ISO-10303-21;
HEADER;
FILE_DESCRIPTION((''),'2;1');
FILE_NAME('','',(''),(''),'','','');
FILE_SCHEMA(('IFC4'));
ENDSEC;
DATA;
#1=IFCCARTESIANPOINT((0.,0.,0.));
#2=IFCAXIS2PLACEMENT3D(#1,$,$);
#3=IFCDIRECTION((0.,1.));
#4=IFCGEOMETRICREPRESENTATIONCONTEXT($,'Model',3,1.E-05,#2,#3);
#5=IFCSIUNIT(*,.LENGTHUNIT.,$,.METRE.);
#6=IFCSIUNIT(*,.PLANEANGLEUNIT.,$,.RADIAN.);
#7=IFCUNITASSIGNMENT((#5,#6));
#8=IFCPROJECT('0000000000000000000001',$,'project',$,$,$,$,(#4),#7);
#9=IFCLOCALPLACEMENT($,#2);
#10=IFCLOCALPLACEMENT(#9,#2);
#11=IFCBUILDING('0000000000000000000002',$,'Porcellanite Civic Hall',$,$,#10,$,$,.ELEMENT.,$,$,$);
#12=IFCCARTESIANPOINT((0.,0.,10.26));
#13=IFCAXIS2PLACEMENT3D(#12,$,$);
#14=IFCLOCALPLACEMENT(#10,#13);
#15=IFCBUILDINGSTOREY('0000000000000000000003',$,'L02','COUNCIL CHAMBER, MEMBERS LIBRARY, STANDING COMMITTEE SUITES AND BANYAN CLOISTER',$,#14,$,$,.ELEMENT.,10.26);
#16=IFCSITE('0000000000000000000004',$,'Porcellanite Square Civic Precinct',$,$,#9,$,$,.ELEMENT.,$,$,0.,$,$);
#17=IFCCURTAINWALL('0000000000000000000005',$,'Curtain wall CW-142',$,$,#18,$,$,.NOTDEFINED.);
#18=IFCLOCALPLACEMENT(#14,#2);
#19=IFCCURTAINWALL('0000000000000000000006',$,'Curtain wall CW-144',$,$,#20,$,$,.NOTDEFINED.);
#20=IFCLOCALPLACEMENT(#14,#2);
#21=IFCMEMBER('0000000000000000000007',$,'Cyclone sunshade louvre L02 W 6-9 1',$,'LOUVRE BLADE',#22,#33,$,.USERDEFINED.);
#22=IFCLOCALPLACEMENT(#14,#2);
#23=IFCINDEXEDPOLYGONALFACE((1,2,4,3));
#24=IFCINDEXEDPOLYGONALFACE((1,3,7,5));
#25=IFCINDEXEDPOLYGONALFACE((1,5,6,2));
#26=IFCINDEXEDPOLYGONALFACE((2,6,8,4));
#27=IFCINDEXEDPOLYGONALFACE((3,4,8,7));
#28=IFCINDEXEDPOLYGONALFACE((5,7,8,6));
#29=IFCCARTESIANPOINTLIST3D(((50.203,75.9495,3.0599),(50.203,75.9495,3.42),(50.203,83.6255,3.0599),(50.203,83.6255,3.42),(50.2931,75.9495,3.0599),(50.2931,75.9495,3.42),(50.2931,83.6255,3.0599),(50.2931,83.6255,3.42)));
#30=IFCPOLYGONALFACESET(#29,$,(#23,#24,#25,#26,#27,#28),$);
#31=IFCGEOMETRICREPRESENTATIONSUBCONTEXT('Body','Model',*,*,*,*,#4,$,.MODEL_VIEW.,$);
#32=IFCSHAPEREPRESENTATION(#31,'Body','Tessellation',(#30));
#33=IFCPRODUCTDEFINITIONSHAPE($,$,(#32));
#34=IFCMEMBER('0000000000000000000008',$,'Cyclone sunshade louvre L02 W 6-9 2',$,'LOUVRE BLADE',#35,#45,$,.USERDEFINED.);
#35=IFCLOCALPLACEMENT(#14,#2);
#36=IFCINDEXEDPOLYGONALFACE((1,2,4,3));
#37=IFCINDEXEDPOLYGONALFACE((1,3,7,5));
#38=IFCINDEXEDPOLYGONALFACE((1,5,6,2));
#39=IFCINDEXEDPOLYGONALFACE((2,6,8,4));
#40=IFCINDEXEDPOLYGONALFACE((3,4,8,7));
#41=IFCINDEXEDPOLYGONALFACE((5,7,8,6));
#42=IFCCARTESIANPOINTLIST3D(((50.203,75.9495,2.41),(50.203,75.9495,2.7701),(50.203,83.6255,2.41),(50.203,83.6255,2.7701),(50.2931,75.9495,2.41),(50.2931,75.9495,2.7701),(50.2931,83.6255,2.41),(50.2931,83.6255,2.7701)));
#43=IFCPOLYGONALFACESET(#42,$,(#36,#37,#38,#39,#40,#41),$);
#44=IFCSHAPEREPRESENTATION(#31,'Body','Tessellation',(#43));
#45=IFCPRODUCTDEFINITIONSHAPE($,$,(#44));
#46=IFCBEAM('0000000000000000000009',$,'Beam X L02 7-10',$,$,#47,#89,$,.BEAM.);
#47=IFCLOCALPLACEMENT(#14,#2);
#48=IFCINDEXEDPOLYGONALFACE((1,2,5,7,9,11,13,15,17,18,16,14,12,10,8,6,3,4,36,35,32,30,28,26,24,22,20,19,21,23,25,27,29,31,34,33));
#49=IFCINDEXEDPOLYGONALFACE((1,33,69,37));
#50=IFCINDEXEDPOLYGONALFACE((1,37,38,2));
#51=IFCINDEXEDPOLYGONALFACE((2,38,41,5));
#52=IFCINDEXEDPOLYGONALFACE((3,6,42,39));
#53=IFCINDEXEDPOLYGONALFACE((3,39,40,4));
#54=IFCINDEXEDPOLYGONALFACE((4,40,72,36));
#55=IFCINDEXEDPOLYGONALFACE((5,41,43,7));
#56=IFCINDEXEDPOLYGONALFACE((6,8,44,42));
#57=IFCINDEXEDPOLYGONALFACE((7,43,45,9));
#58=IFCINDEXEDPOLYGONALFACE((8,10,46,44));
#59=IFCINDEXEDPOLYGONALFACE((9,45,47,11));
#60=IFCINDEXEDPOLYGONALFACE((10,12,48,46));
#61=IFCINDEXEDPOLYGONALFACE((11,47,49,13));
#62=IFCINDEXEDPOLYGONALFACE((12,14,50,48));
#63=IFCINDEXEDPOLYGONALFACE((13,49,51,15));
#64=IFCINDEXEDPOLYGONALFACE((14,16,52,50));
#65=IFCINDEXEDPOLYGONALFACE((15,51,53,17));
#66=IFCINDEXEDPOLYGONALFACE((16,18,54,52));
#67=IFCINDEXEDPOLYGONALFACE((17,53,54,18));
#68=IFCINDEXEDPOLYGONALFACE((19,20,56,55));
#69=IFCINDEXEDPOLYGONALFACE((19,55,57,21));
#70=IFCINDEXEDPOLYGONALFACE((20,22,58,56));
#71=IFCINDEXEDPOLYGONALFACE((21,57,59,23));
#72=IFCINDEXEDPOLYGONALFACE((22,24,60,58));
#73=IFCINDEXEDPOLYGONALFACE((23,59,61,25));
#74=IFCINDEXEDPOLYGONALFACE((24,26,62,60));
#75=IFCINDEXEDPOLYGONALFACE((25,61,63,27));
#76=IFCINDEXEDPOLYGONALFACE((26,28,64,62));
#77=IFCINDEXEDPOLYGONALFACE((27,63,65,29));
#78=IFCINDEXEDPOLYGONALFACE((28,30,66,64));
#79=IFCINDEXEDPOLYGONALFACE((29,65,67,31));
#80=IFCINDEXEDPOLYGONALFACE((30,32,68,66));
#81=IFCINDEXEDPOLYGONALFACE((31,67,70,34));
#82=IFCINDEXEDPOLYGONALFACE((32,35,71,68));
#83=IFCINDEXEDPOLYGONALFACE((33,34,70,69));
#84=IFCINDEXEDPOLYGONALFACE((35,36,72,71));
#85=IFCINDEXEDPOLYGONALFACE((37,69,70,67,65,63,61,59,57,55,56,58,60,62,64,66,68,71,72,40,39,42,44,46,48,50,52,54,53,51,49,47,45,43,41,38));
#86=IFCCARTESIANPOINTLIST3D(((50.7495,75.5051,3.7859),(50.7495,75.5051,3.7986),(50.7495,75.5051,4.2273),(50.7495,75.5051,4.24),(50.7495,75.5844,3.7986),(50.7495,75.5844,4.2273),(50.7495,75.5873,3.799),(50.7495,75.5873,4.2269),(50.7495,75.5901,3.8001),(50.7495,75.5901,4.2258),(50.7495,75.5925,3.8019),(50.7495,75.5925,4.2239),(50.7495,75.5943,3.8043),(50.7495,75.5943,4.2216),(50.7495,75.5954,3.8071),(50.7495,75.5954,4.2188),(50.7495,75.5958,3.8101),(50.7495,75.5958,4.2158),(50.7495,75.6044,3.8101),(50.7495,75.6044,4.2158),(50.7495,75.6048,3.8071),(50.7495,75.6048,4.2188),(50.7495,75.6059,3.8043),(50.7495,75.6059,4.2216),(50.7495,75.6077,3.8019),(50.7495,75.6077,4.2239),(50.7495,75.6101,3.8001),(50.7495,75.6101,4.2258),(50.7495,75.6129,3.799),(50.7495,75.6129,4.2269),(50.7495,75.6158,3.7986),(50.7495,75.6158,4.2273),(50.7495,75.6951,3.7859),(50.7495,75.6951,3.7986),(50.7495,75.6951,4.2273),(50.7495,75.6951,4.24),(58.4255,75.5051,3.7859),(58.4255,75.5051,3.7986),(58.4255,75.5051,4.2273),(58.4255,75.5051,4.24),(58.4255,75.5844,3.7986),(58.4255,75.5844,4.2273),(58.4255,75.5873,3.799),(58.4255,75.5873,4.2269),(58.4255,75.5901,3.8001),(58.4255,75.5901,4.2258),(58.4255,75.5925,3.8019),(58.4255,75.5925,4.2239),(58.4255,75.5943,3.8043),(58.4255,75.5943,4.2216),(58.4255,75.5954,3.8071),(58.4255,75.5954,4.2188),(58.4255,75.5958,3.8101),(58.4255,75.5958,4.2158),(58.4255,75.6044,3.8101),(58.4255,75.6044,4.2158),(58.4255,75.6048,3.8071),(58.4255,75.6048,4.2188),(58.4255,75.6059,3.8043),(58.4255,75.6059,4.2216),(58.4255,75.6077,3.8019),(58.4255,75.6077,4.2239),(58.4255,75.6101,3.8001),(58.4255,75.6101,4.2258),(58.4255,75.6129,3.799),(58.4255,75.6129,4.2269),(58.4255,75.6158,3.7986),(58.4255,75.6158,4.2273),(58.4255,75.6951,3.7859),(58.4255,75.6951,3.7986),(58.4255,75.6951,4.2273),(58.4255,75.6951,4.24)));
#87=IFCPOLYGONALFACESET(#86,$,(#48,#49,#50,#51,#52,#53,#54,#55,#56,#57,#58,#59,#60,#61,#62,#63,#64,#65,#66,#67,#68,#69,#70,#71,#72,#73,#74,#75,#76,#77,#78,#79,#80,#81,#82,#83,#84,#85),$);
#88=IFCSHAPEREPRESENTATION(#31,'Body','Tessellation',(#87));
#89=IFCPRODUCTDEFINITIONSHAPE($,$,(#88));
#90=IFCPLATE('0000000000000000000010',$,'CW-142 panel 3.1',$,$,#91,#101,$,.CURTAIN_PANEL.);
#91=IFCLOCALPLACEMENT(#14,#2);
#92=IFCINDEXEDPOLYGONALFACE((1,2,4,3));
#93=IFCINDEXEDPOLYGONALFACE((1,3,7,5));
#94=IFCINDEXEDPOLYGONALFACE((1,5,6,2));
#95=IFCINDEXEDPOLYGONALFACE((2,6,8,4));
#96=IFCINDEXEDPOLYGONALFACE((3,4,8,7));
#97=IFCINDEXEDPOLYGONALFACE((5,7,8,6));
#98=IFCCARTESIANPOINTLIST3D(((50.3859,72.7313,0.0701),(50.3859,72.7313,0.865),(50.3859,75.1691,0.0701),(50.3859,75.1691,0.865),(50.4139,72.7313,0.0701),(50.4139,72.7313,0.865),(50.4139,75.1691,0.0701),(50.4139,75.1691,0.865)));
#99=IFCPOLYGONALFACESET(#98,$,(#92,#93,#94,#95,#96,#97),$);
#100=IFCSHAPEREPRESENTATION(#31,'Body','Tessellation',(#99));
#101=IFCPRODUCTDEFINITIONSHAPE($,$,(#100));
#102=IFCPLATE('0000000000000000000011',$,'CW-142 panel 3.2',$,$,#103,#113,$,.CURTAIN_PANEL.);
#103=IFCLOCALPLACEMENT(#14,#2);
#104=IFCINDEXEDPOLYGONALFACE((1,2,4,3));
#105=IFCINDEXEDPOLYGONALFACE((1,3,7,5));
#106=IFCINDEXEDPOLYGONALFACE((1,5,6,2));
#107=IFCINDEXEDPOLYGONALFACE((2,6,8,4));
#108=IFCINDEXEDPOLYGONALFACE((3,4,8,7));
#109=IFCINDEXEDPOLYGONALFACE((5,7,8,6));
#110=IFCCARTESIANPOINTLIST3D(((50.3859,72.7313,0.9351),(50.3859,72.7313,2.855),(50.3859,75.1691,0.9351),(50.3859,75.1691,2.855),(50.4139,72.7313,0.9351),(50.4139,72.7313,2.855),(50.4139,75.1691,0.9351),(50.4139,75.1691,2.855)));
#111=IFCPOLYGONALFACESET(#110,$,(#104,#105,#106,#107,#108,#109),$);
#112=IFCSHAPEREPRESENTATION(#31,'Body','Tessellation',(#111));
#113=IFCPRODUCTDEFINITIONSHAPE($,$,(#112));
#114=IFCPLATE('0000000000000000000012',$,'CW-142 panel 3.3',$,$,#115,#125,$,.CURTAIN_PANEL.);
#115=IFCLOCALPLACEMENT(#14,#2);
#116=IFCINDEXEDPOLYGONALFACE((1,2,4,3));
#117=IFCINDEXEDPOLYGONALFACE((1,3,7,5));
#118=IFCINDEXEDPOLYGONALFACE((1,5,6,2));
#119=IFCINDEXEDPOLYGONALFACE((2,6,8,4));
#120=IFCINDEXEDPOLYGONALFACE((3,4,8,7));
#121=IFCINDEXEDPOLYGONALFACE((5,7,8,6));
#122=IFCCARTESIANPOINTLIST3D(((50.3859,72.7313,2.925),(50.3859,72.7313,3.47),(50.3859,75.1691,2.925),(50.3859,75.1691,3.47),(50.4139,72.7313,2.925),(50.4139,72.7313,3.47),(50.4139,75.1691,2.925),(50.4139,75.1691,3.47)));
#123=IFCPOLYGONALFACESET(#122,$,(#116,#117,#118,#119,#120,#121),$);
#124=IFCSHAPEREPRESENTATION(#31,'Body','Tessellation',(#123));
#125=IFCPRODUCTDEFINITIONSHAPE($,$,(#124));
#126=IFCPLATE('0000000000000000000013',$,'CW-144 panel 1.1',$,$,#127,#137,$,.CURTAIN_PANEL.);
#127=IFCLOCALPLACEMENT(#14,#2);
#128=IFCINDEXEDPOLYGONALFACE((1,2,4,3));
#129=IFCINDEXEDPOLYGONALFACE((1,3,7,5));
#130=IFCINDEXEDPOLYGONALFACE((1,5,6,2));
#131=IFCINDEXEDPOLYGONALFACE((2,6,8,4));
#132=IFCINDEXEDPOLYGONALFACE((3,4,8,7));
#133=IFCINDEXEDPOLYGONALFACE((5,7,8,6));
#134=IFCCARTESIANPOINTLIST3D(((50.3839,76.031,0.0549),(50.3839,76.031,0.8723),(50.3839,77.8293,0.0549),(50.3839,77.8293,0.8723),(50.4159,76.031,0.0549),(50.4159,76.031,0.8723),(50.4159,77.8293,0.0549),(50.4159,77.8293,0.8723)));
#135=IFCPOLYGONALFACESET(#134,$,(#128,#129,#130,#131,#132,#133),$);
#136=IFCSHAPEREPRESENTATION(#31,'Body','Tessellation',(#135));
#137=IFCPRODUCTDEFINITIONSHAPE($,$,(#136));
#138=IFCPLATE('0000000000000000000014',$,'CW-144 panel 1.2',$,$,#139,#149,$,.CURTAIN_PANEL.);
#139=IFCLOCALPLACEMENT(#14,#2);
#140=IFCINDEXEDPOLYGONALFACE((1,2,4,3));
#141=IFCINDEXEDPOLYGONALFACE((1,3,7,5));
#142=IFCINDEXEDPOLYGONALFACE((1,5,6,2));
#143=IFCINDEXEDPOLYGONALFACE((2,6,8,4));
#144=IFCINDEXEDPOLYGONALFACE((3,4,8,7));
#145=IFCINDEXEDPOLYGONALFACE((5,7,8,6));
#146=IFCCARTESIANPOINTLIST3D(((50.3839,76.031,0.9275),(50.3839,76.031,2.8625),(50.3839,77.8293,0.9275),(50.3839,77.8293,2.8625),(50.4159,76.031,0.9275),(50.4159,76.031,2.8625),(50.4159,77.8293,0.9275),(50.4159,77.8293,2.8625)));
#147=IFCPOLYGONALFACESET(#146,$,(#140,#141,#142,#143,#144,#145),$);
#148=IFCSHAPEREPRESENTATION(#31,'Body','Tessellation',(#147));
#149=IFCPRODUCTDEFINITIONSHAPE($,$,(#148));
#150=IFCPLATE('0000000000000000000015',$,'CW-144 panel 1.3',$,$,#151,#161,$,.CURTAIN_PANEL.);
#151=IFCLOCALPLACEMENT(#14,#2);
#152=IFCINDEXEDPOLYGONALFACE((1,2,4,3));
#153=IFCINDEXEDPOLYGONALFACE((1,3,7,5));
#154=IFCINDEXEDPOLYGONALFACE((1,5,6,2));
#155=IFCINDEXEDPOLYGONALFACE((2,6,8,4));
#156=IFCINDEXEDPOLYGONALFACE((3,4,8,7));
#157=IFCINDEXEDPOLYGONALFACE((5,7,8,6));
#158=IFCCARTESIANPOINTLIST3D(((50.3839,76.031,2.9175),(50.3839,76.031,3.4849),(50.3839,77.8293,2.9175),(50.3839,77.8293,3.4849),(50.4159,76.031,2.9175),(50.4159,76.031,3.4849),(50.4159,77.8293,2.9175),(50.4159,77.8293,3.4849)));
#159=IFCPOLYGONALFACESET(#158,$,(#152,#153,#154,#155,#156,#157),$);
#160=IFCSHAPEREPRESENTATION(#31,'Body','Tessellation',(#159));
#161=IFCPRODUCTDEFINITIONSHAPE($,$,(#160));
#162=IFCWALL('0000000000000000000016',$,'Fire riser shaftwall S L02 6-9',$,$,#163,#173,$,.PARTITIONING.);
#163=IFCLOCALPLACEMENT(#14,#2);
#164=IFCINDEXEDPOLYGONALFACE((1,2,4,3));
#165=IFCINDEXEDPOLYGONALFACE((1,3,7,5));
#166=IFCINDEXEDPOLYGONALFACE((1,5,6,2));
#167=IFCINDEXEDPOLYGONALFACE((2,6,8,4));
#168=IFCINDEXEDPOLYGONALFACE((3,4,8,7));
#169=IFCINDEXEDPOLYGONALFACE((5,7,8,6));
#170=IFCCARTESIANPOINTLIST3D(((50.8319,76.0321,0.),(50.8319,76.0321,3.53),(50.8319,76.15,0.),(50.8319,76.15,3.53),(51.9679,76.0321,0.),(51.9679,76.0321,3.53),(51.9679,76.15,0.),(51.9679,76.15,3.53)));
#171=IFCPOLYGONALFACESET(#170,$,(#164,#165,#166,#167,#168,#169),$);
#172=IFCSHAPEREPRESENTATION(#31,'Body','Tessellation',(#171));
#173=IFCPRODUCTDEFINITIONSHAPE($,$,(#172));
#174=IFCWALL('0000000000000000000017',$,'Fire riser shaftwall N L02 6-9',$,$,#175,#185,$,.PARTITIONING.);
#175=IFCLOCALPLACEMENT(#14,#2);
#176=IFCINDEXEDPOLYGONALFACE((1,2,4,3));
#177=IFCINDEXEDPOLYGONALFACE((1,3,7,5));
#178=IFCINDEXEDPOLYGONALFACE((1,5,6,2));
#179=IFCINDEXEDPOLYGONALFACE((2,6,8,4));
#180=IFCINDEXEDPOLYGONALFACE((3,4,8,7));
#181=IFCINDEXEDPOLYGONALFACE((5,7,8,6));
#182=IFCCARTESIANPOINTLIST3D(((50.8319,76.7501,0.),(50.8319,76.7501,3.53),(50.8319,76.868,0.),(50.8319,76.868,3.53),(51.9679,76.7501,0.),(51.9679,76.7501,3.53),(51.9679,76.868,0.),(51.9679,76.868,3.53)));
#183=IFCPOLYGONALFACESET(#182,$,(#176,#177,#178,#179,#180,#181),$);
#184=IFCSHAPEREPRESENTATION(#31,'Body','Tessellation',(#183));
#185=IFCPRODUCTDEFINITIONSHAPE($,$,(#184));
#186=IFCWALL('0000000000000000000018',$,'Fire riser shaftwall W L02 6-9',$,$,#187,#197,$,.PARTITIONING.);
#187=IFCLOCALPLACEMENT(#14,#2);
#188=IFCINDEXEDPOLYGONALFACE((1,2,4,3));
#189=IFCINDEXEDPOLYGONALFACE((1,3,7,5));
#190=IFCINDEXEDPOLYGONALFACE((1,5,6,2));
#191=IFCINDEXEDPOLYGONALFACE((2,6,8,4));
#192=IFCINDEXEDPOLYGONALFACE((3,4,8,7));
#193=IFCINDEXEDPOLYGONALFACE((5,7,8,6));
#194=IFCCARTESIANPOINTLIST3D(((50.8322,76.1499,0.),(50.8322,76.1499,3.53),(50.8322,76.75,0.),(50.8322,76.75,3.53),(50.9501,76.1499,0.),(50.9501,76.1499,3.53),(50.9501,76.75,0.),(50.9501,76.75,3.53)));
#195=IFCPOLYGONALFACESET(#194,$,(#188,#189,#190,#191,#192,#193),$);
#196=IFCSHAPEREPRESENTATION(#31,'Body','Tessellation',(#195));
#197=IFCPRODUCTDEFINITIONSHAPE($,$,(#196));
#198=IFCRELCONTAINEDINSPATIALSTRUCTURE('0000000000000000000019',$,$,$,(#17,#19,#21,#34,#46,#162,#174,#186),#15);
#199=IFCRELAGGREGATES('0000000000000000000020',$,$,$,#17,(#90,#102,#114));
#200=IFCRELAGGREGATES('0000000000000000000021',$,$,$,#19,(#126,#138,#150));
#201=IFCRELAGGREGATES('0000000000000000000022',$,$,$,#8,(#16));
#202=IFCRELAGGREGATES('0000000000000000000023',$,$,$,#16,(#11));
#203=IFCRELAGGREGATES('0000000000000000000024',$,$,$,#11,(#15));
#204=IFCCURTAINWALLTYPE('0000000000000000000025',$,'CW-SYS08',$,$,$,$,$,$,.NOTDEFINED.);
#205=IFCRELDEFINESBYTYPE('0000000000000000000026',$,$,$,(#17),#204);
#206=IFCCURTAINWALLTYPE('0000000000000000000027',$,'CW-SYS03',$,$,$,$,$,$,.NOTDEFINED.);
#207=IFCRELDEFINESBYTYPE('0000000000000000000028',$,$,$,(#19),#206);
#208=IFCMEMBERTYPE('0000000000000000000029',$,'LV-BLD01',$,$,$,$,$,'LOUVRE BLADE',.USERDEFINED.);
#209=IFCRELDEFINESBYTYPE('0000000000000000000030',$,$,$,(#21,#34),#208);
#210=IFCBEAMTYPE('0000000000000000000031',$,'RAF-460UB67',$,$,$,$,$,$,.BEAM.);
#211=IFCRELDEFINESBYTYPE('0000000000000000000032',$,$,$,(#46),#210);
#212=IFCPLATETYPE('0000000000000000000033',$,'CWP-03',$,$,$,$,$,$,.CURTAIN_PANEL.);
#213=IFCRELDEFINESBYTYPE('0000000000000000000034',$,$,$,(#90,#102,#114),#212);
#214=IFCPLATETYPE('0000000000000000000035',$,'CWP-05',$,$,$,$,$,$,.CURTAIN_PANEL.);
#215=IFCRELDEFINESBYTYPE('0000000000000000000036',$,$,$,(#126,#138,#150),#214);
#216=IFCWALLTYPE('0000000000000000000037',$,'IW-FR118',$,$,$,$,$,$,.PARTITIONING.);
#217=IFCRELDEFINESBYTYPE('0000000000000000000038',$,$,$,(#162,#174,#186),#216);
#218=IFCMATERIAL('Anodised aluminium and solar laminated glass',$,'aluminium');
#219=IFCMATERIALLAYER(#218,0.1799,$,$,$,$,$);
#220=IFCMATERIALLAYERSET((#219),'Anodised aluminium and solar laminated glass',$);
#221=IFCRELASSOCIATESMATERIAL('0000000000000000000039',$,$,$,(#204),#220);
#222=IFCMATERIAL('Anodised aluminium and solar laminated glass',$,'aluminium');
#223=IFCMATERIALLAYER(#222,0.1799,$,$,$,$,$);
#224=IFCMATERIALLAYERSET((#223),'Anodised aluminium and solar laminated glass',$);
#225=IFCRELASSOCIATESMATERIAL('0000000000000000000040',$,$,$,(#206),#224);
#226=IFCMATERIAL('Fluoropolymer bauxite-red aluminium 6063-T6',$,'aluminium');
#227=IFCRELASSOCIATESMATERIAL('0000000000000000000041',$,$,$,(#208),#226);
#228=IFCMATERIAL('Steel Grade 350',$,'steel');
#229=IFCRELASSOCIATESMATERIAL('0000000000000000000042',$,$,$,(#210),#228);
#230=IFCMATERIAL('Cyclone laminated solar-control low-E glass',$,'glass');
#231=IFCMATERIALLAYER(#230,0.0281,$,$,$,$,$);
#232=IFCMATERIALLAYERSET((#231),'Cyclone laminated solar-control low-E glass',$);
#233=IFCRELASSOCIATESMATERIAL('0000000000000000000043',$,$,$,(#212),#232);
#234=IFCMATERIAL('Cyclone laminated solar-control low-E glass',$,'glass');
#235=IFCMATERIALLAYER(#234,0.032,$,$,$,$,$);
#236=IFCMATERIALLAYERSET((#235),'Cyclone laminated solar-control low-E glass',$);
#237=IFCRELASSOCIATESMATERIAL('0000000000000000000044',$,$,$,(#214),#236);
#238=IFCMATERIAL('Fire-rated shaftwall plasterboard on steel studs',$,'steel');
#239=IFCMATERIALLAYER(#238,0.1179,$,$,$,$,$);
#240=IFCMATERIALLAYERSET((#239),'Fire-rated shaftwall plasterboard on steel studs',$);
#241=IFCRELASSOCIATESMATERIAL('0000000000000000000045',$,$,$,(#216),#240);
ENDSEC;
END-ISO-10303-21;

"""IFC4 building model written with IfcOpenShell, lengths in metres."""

from ifc_helpers import new_model, si_unit, direction, frame, frame_2d, origin, origin_2d, place, context, subcontext, project, spatial, rectangle, i_section, extrude, material, layer, layer_set, material_profile, profile_set, type_object, element, aggregate, save


model = new_model("IFC4")

# Units and contexts
model_context = context("Model", 3, precision=1e-05, world=origin(), true_north=direction((0.0, 1.0)))
body_context = subcontext(model_context, "Body", "Model", "MODEL_VIEW")
ifc_project = project(units=[si_unit("LENGTHUNIT", "METRE"), si_unit("PLANEANGLEUNIT", "RADIAN")], contexts=[model_context])

# Site, building, storey
site_placement = place(None, origin())
site = spatial("IfcSite", under=ifc_project, at=site_placement, Name="Porcellanite Square Civic Precinct", CompositionType="ELEMENT", RefElevation=0.0)
building_placement = place(site_placement, origin())
building = spatial("IfcBuilding", under=site, at=building_placement, Name="Porcellanite Civic Hall", CompositionType="ELEMENT")
storey_placement = place(building_placement, frame((0.0, 0.0, 10.26)))
storey = spatial("IfcBuildingStorey", under=building, at=storey_placement, Name="L02", Description="COUNCIL CHAMBER, MEMBERS LIBRARY, STANDING COMMITTEE SUITES AND BANYAN CLOISTER", CompositionType="ELEMENT", Elevation=10.26)

# Curtain wall
ifc_material_1 = material(Name="Anodised aluminium and solar laminated glass", Category="aluminium")
ifc_layer_1 = layer(ifc_material_1, 0.1799)
ifc_layer_set_1 = layer_set([ifc_layer_1], Name="Anodised aluminium and solar laminated glass")
curtain_wall_type_1 = type_object("IfcCurtainWallType", Name="CW-SYS08", PredefinedType="NOTDEFINED", material=ifc_layer_set_1)
curtain_wall_1_placement = place(storey_placement, origin())
curtain_wall_1 = element("IfcCurtainWall", 1, at=curtain_wall_1_placement, inside=storey, type_object=curtain_wall_type_1, Name="Curtain wall CW-142", PredefinedType="NOTDEFINED")

# Curtain wall
ifc_material_2 = material(Name="Anodised aluminium and solar laminated glass", Category="aluminium")
ifc_layer_2 = layer(ifc_material_2, 0.1799)
ifc_layer_set_2 = layer_set([ifc_layer_2], Name="Anodised aluminium and solar laminated glass")
curtain_wall_type_2 = type_object("IfcCurtainWallType", Name="CW-SYS03", PredefinedType="NOTDEFINED", material=ifc_layer_set_2)
curtain_wall_2_placement = place(storey_placement, origin())
curtain_wall_2 = element("IfcCurtainWall", 2, at=curtain_wall_2_placement, inside=storey, type_object=curtain_wall_type_2, Name="Curtain wall CW-144", PredefinedType="NOTDEFINED")

# Members
ifc_material_3 = material(Name="Fluoropolymer bauxite-red aluminium 6063-T6", Category="aluminium")
ifc_material_profile_1 = material_profile(ifc_material_3, rectangle(XDim=0.0901, YDim=0.3601, at=origin_2d()), Name="AL-90x360")
ifc_profile_set_1 = profile_set([ifc_material_profile_1], Name="Fluoropolymer bauxite-red aluminium 6063-T6")
member_type_1 = type_object("IfcMemberType", Name="LV-BLD01", ElementType="LOUVRE BLADE", PredefinedType="USERDEFINED", material=ifc_profile_set_1)
for number, where, z_axis, x_axis, name in (
    (3, (50.248, 75.9495, 3.24), (0.0, 1.0, 0.0), (-1.0, 0.0, 0.0), "Cyclone sunshade louvre L02 W 6-9 1"),
    (4, (50.248, 75.9495, 2.5901), (0.0, 1.0, 0.0), (-1.0, 0.0, 0.0), "Cyclone sunshade louvre L02 W 6-9 2"),
):
    element("IfcMember", number, at=place(storey_placement, frame(where, z_axis=z_axis, x_axis=x_axis)), inside=storey, type_object=member_type_1, Name=name, ObjectType="LOUVRE BLADE", PredefinedType="USERDEFINED", context=body_context, shape_type="SweptSolid", body=[
        extrude(rectangle(XDim=0.0901, YDim=0.3601, at=origin_2d()), origin(), (0.0, 0.0, 1.0), 7.676),
    ])

# Beam
ifc_material_4 = material(Name="Steel Grade 350", Category="steel")
ifc_material_profile_2 = material_profile(ifc_material_4, i_section(OverallWidth=0.1899, OverallDepth=0.4541, WebThickness=0.0085, FlangeThickness=0.0127, FilletRadius=0.0115, at=origin_2d()), Name="460UB67.1")
ifc_profile_set_2 = profile_set([ifc_material_profile_2], Name="Steel Grade 350")
beam_type_1 = type_object("IfcBeamType", Name="RAF-460UB67", PredefinedType="BEAM", material=ifc_profile_set_2)
beam_1_placement = place(storey_placement, frame((50.7495, 75.6001, 4.0129), z_axis=(1.0, 0.0, 0.0), x_axis=(0.0, 1.0, 0.0)))
element("IfcBeam", 5, at=beam_1_placement, inside=storey, type_object=beam_type_1, Name="Beam X L02 7-10", PredefinedType="BEAM", context=body_context, shape_type="SweptSolid", body=[
    extrude(i_section(OverallWidth=0.1899, OverallDepth=0.4541, WebThickness=0.0085, FlangeThickness=0.0127, FilletRadius=0.0115, at=origin_2d()), origin(), (0.0, 0.0, 1.0), 7.676),
])

# Plates
ifc_material_5 = material(Name="Cyclone laminated solar-control low-E glass", Category="glass")
ifc_layer_3 = layer(ifc_material_5, 0.0281)
ifc_layer_set_3 = layer_set([ifc_layer_3], Name="Cyclone laminated solar-control low-E glass")
plate_type_1 = type_object("IfcPlateType", Name="CWP-03", PredefinedType="CURTAIN_PANEL", material=ifc_layer_set_3)
plate_1_placement = place(storey_placement, frame((50.3999, 73.9502, 0.0701), z_axis=(0.0, 0.0, 1.0), x_axis=(0.0, 1.0, 0.0)))
plate_1 = element("IfcPlate", 6, at=plate_1_placement, type_object=plate_type_1, Name="CW-142 panel 3.1", PredefinedType="CURTAIN_PANEL", context=body_context, shape_type="SweptSolid", body=[
    extrude(rectangle(XDim=2.4377, YDim=0.0281, at=origin_2d()), origin(), (0.0, 0.0, 1.0), 0.7949),
])
plate_2_placement = place(storey_placement, frame((50.3999, 73.9502, 0.9351), z_axis=(0.0, 0.0, 1.0), x_axis=(0.0, 1.0, 0.0)))
plate_2 = element("IfcPlate", 7, at=plate_2_placement, type_object=plate_type_1, Name="CW-142 panel 3.2", PredefinedType="CURTAIN_PANEL", context=body_context, shape_type="SweptSolid", body=[
    extrude(rectangle(XDim=2.4377, YDim=0.0281, at=origin_2d()), origin(), (0.0, 0.0, 1.0), 1.9199),
])
plate_3_placement = place(storey_placement, frame((50.3999, 73.9502, 2.925), z_axis=(0.0, 0.0, 1.0), x_axis=(0.0, 1.0, 0.0)))
plate_3 = element("IfcPlate", 8, at=plate_3_placement, type_object=plate_type_1, Name="CW-142 panel 3.3", PredefinedType="CURTAIN_PANEL", context=body_context, shape_type="SweptSolid", body=[
    extrude(rectangle(XDim=2.4377, YDim=0.0281, at=origin_2d()), origin(), (0.0, 0.0, 1.0), 0.5449),
])
aggregate(curtain_wall_1, [plate_1, plate_2, plate_3])
ifc_material_6 = material(Name="Cyclone laminated solar-control low-E glass", Category="glass")
ifc_layer_4 = layer(ifc_material_6, 0.032)
ifc_layer_set_4 = layer_set([ifc_layer_4], Name="Cyclone laminated solar-control low-E glass")
plate_type_2 = type_object("IfcPlateType", Name="CWP-05", PredefinedType="CURTAIN_PANEL", material=ifc_layer_set_4)
plate_4_placement = place(storey_placement, frame((50.3999, 76.9302, 0.0549), z_axis=(0.0, 0.0, 1.0), x_axis=(0.0, 1.0, 0.0)))
plate_4 = element("IfcPlate", 9, at=plate_4_placement, type_object=plate_type_2, Name="CW-144 panel 1.1", PredefinedType="CURTAIN_PANEL", context=body_context, shape_type="SweptSolid", body=[
    extrude(rectangle(XDim=1.7983, YDim=0.032, at=origin_2d()), origin(), (0.0, 0.0, 1.0), 0.8174),
])
plate_5_placement = place(storey_placement, frame((50.3999, 76.9302, 0.9275), z_axis=(0.0, 0.0, 1.0), x_axis=(0.0, 1.0, 0.0)))
plate_5 = element("IfcPlate", 10, at=plate_5_placement, type_object=plate_type_2, Name="CW-144 panel 1.2", PredefinedType="CURTAIN_PANEL", context=body_context, shape_type="SweptSolid", body=[
    extrude(rectangle(XDim=1.7983, YDim=0.032, at=origin_2d()), origin(), (0.0, 0.0, 1.0), 1.9351),
])
plate_6_placement = place(storey_placement, frame((50.3999, 76.9302, 2.9175), z_axis=(0.0, 0.0, 1.0), x_axis=(0.0, 1.0, 0.0)))
plate_6 = element("IfcPlate", 11, at=plate_6_placement, type_object=plate_type_2, Name="CW-144 panel 1.3", PredefinedType="CURTAIN_PANEL", context=body_context, shape_type="SweptSolid", body=[
    extrude(rectangle(XDim=1.7983, YDim=0.032, at=origin_2d()), origin(), (0.0, 0.0, 1.0), 0.5674),
])
aggregate(curtain_wall_2, [plate_4, plate_5, plate_6])

# Walls
ifc_material_7 = material(Name="Fire-rated shaftwall plasterboard on steel studs", Category="steel")
ifc_layer_5 = layer(ifc_material_7, 0.1179)
ifc_layer_set_5 = layer_set([ifc_layer_5], Name="Fire-rated shaftwall plasterboard on steel studs")
wall_type = type_object("IfcWallType", Name="IW-FR118", PredefinedType="PARTITIONING", material=ifc_layer_set_5)
for number, where, z_axis, x_axis, name in (
    (12, (50.832, 76.0911, 0.0), (0.0, 0.0, 1.0), (1.0, 0.0, 0.0), "Fire riser shaftwall S L02 6-9"),
    (13, (50.832, 76.8091, 0.0), (0.0, 0.0, 1.0), (1.0, 0.0, 0.0), "Fire riser shaftwall N L02 6-9"),
):
    element("IfcWall", number, at=place(storey_placement, frame(where, z_axis=z_axis, x_axis=x_axis)), inside=storey, type_object=wall_type, Name=name, PredefinedType="PARTITIONING", context=body_context, shape_type="SweptSolid", body=[
        extrude(rectangle(XDim=1.136, YDim=0.1179, at=frame_2d((0.5679, 0.0))), origin(), (0.0, 0.0, 1.0), 3.53),
    ])
for number, where, z_axis, x_axis, name in (
    (14, (50.8911, 76.1499, 0.0), (0.0, 0.0, 1.0), (0.0, 1.0, 0.0), "Fire riser shaftwall W L02 6-9"),
):
    element("IfcWall", number, at=place(storey_placement, frame(where, z_axis=z_axis, x_axis=x_axis)), inside=storey, type_object=wall_type, Name=name, PredefinedType="PARTITIONING", context=body_context, shape_type="SweptSolid", body=[
        extrude(rectangle(XDim=0.6001, YDim=0.1179, at=frame_2d((0.3, 0.0))), origin(), (0.0, 0.0, 1.0), 3.53),
    ])

save(model, "model.ifc")
